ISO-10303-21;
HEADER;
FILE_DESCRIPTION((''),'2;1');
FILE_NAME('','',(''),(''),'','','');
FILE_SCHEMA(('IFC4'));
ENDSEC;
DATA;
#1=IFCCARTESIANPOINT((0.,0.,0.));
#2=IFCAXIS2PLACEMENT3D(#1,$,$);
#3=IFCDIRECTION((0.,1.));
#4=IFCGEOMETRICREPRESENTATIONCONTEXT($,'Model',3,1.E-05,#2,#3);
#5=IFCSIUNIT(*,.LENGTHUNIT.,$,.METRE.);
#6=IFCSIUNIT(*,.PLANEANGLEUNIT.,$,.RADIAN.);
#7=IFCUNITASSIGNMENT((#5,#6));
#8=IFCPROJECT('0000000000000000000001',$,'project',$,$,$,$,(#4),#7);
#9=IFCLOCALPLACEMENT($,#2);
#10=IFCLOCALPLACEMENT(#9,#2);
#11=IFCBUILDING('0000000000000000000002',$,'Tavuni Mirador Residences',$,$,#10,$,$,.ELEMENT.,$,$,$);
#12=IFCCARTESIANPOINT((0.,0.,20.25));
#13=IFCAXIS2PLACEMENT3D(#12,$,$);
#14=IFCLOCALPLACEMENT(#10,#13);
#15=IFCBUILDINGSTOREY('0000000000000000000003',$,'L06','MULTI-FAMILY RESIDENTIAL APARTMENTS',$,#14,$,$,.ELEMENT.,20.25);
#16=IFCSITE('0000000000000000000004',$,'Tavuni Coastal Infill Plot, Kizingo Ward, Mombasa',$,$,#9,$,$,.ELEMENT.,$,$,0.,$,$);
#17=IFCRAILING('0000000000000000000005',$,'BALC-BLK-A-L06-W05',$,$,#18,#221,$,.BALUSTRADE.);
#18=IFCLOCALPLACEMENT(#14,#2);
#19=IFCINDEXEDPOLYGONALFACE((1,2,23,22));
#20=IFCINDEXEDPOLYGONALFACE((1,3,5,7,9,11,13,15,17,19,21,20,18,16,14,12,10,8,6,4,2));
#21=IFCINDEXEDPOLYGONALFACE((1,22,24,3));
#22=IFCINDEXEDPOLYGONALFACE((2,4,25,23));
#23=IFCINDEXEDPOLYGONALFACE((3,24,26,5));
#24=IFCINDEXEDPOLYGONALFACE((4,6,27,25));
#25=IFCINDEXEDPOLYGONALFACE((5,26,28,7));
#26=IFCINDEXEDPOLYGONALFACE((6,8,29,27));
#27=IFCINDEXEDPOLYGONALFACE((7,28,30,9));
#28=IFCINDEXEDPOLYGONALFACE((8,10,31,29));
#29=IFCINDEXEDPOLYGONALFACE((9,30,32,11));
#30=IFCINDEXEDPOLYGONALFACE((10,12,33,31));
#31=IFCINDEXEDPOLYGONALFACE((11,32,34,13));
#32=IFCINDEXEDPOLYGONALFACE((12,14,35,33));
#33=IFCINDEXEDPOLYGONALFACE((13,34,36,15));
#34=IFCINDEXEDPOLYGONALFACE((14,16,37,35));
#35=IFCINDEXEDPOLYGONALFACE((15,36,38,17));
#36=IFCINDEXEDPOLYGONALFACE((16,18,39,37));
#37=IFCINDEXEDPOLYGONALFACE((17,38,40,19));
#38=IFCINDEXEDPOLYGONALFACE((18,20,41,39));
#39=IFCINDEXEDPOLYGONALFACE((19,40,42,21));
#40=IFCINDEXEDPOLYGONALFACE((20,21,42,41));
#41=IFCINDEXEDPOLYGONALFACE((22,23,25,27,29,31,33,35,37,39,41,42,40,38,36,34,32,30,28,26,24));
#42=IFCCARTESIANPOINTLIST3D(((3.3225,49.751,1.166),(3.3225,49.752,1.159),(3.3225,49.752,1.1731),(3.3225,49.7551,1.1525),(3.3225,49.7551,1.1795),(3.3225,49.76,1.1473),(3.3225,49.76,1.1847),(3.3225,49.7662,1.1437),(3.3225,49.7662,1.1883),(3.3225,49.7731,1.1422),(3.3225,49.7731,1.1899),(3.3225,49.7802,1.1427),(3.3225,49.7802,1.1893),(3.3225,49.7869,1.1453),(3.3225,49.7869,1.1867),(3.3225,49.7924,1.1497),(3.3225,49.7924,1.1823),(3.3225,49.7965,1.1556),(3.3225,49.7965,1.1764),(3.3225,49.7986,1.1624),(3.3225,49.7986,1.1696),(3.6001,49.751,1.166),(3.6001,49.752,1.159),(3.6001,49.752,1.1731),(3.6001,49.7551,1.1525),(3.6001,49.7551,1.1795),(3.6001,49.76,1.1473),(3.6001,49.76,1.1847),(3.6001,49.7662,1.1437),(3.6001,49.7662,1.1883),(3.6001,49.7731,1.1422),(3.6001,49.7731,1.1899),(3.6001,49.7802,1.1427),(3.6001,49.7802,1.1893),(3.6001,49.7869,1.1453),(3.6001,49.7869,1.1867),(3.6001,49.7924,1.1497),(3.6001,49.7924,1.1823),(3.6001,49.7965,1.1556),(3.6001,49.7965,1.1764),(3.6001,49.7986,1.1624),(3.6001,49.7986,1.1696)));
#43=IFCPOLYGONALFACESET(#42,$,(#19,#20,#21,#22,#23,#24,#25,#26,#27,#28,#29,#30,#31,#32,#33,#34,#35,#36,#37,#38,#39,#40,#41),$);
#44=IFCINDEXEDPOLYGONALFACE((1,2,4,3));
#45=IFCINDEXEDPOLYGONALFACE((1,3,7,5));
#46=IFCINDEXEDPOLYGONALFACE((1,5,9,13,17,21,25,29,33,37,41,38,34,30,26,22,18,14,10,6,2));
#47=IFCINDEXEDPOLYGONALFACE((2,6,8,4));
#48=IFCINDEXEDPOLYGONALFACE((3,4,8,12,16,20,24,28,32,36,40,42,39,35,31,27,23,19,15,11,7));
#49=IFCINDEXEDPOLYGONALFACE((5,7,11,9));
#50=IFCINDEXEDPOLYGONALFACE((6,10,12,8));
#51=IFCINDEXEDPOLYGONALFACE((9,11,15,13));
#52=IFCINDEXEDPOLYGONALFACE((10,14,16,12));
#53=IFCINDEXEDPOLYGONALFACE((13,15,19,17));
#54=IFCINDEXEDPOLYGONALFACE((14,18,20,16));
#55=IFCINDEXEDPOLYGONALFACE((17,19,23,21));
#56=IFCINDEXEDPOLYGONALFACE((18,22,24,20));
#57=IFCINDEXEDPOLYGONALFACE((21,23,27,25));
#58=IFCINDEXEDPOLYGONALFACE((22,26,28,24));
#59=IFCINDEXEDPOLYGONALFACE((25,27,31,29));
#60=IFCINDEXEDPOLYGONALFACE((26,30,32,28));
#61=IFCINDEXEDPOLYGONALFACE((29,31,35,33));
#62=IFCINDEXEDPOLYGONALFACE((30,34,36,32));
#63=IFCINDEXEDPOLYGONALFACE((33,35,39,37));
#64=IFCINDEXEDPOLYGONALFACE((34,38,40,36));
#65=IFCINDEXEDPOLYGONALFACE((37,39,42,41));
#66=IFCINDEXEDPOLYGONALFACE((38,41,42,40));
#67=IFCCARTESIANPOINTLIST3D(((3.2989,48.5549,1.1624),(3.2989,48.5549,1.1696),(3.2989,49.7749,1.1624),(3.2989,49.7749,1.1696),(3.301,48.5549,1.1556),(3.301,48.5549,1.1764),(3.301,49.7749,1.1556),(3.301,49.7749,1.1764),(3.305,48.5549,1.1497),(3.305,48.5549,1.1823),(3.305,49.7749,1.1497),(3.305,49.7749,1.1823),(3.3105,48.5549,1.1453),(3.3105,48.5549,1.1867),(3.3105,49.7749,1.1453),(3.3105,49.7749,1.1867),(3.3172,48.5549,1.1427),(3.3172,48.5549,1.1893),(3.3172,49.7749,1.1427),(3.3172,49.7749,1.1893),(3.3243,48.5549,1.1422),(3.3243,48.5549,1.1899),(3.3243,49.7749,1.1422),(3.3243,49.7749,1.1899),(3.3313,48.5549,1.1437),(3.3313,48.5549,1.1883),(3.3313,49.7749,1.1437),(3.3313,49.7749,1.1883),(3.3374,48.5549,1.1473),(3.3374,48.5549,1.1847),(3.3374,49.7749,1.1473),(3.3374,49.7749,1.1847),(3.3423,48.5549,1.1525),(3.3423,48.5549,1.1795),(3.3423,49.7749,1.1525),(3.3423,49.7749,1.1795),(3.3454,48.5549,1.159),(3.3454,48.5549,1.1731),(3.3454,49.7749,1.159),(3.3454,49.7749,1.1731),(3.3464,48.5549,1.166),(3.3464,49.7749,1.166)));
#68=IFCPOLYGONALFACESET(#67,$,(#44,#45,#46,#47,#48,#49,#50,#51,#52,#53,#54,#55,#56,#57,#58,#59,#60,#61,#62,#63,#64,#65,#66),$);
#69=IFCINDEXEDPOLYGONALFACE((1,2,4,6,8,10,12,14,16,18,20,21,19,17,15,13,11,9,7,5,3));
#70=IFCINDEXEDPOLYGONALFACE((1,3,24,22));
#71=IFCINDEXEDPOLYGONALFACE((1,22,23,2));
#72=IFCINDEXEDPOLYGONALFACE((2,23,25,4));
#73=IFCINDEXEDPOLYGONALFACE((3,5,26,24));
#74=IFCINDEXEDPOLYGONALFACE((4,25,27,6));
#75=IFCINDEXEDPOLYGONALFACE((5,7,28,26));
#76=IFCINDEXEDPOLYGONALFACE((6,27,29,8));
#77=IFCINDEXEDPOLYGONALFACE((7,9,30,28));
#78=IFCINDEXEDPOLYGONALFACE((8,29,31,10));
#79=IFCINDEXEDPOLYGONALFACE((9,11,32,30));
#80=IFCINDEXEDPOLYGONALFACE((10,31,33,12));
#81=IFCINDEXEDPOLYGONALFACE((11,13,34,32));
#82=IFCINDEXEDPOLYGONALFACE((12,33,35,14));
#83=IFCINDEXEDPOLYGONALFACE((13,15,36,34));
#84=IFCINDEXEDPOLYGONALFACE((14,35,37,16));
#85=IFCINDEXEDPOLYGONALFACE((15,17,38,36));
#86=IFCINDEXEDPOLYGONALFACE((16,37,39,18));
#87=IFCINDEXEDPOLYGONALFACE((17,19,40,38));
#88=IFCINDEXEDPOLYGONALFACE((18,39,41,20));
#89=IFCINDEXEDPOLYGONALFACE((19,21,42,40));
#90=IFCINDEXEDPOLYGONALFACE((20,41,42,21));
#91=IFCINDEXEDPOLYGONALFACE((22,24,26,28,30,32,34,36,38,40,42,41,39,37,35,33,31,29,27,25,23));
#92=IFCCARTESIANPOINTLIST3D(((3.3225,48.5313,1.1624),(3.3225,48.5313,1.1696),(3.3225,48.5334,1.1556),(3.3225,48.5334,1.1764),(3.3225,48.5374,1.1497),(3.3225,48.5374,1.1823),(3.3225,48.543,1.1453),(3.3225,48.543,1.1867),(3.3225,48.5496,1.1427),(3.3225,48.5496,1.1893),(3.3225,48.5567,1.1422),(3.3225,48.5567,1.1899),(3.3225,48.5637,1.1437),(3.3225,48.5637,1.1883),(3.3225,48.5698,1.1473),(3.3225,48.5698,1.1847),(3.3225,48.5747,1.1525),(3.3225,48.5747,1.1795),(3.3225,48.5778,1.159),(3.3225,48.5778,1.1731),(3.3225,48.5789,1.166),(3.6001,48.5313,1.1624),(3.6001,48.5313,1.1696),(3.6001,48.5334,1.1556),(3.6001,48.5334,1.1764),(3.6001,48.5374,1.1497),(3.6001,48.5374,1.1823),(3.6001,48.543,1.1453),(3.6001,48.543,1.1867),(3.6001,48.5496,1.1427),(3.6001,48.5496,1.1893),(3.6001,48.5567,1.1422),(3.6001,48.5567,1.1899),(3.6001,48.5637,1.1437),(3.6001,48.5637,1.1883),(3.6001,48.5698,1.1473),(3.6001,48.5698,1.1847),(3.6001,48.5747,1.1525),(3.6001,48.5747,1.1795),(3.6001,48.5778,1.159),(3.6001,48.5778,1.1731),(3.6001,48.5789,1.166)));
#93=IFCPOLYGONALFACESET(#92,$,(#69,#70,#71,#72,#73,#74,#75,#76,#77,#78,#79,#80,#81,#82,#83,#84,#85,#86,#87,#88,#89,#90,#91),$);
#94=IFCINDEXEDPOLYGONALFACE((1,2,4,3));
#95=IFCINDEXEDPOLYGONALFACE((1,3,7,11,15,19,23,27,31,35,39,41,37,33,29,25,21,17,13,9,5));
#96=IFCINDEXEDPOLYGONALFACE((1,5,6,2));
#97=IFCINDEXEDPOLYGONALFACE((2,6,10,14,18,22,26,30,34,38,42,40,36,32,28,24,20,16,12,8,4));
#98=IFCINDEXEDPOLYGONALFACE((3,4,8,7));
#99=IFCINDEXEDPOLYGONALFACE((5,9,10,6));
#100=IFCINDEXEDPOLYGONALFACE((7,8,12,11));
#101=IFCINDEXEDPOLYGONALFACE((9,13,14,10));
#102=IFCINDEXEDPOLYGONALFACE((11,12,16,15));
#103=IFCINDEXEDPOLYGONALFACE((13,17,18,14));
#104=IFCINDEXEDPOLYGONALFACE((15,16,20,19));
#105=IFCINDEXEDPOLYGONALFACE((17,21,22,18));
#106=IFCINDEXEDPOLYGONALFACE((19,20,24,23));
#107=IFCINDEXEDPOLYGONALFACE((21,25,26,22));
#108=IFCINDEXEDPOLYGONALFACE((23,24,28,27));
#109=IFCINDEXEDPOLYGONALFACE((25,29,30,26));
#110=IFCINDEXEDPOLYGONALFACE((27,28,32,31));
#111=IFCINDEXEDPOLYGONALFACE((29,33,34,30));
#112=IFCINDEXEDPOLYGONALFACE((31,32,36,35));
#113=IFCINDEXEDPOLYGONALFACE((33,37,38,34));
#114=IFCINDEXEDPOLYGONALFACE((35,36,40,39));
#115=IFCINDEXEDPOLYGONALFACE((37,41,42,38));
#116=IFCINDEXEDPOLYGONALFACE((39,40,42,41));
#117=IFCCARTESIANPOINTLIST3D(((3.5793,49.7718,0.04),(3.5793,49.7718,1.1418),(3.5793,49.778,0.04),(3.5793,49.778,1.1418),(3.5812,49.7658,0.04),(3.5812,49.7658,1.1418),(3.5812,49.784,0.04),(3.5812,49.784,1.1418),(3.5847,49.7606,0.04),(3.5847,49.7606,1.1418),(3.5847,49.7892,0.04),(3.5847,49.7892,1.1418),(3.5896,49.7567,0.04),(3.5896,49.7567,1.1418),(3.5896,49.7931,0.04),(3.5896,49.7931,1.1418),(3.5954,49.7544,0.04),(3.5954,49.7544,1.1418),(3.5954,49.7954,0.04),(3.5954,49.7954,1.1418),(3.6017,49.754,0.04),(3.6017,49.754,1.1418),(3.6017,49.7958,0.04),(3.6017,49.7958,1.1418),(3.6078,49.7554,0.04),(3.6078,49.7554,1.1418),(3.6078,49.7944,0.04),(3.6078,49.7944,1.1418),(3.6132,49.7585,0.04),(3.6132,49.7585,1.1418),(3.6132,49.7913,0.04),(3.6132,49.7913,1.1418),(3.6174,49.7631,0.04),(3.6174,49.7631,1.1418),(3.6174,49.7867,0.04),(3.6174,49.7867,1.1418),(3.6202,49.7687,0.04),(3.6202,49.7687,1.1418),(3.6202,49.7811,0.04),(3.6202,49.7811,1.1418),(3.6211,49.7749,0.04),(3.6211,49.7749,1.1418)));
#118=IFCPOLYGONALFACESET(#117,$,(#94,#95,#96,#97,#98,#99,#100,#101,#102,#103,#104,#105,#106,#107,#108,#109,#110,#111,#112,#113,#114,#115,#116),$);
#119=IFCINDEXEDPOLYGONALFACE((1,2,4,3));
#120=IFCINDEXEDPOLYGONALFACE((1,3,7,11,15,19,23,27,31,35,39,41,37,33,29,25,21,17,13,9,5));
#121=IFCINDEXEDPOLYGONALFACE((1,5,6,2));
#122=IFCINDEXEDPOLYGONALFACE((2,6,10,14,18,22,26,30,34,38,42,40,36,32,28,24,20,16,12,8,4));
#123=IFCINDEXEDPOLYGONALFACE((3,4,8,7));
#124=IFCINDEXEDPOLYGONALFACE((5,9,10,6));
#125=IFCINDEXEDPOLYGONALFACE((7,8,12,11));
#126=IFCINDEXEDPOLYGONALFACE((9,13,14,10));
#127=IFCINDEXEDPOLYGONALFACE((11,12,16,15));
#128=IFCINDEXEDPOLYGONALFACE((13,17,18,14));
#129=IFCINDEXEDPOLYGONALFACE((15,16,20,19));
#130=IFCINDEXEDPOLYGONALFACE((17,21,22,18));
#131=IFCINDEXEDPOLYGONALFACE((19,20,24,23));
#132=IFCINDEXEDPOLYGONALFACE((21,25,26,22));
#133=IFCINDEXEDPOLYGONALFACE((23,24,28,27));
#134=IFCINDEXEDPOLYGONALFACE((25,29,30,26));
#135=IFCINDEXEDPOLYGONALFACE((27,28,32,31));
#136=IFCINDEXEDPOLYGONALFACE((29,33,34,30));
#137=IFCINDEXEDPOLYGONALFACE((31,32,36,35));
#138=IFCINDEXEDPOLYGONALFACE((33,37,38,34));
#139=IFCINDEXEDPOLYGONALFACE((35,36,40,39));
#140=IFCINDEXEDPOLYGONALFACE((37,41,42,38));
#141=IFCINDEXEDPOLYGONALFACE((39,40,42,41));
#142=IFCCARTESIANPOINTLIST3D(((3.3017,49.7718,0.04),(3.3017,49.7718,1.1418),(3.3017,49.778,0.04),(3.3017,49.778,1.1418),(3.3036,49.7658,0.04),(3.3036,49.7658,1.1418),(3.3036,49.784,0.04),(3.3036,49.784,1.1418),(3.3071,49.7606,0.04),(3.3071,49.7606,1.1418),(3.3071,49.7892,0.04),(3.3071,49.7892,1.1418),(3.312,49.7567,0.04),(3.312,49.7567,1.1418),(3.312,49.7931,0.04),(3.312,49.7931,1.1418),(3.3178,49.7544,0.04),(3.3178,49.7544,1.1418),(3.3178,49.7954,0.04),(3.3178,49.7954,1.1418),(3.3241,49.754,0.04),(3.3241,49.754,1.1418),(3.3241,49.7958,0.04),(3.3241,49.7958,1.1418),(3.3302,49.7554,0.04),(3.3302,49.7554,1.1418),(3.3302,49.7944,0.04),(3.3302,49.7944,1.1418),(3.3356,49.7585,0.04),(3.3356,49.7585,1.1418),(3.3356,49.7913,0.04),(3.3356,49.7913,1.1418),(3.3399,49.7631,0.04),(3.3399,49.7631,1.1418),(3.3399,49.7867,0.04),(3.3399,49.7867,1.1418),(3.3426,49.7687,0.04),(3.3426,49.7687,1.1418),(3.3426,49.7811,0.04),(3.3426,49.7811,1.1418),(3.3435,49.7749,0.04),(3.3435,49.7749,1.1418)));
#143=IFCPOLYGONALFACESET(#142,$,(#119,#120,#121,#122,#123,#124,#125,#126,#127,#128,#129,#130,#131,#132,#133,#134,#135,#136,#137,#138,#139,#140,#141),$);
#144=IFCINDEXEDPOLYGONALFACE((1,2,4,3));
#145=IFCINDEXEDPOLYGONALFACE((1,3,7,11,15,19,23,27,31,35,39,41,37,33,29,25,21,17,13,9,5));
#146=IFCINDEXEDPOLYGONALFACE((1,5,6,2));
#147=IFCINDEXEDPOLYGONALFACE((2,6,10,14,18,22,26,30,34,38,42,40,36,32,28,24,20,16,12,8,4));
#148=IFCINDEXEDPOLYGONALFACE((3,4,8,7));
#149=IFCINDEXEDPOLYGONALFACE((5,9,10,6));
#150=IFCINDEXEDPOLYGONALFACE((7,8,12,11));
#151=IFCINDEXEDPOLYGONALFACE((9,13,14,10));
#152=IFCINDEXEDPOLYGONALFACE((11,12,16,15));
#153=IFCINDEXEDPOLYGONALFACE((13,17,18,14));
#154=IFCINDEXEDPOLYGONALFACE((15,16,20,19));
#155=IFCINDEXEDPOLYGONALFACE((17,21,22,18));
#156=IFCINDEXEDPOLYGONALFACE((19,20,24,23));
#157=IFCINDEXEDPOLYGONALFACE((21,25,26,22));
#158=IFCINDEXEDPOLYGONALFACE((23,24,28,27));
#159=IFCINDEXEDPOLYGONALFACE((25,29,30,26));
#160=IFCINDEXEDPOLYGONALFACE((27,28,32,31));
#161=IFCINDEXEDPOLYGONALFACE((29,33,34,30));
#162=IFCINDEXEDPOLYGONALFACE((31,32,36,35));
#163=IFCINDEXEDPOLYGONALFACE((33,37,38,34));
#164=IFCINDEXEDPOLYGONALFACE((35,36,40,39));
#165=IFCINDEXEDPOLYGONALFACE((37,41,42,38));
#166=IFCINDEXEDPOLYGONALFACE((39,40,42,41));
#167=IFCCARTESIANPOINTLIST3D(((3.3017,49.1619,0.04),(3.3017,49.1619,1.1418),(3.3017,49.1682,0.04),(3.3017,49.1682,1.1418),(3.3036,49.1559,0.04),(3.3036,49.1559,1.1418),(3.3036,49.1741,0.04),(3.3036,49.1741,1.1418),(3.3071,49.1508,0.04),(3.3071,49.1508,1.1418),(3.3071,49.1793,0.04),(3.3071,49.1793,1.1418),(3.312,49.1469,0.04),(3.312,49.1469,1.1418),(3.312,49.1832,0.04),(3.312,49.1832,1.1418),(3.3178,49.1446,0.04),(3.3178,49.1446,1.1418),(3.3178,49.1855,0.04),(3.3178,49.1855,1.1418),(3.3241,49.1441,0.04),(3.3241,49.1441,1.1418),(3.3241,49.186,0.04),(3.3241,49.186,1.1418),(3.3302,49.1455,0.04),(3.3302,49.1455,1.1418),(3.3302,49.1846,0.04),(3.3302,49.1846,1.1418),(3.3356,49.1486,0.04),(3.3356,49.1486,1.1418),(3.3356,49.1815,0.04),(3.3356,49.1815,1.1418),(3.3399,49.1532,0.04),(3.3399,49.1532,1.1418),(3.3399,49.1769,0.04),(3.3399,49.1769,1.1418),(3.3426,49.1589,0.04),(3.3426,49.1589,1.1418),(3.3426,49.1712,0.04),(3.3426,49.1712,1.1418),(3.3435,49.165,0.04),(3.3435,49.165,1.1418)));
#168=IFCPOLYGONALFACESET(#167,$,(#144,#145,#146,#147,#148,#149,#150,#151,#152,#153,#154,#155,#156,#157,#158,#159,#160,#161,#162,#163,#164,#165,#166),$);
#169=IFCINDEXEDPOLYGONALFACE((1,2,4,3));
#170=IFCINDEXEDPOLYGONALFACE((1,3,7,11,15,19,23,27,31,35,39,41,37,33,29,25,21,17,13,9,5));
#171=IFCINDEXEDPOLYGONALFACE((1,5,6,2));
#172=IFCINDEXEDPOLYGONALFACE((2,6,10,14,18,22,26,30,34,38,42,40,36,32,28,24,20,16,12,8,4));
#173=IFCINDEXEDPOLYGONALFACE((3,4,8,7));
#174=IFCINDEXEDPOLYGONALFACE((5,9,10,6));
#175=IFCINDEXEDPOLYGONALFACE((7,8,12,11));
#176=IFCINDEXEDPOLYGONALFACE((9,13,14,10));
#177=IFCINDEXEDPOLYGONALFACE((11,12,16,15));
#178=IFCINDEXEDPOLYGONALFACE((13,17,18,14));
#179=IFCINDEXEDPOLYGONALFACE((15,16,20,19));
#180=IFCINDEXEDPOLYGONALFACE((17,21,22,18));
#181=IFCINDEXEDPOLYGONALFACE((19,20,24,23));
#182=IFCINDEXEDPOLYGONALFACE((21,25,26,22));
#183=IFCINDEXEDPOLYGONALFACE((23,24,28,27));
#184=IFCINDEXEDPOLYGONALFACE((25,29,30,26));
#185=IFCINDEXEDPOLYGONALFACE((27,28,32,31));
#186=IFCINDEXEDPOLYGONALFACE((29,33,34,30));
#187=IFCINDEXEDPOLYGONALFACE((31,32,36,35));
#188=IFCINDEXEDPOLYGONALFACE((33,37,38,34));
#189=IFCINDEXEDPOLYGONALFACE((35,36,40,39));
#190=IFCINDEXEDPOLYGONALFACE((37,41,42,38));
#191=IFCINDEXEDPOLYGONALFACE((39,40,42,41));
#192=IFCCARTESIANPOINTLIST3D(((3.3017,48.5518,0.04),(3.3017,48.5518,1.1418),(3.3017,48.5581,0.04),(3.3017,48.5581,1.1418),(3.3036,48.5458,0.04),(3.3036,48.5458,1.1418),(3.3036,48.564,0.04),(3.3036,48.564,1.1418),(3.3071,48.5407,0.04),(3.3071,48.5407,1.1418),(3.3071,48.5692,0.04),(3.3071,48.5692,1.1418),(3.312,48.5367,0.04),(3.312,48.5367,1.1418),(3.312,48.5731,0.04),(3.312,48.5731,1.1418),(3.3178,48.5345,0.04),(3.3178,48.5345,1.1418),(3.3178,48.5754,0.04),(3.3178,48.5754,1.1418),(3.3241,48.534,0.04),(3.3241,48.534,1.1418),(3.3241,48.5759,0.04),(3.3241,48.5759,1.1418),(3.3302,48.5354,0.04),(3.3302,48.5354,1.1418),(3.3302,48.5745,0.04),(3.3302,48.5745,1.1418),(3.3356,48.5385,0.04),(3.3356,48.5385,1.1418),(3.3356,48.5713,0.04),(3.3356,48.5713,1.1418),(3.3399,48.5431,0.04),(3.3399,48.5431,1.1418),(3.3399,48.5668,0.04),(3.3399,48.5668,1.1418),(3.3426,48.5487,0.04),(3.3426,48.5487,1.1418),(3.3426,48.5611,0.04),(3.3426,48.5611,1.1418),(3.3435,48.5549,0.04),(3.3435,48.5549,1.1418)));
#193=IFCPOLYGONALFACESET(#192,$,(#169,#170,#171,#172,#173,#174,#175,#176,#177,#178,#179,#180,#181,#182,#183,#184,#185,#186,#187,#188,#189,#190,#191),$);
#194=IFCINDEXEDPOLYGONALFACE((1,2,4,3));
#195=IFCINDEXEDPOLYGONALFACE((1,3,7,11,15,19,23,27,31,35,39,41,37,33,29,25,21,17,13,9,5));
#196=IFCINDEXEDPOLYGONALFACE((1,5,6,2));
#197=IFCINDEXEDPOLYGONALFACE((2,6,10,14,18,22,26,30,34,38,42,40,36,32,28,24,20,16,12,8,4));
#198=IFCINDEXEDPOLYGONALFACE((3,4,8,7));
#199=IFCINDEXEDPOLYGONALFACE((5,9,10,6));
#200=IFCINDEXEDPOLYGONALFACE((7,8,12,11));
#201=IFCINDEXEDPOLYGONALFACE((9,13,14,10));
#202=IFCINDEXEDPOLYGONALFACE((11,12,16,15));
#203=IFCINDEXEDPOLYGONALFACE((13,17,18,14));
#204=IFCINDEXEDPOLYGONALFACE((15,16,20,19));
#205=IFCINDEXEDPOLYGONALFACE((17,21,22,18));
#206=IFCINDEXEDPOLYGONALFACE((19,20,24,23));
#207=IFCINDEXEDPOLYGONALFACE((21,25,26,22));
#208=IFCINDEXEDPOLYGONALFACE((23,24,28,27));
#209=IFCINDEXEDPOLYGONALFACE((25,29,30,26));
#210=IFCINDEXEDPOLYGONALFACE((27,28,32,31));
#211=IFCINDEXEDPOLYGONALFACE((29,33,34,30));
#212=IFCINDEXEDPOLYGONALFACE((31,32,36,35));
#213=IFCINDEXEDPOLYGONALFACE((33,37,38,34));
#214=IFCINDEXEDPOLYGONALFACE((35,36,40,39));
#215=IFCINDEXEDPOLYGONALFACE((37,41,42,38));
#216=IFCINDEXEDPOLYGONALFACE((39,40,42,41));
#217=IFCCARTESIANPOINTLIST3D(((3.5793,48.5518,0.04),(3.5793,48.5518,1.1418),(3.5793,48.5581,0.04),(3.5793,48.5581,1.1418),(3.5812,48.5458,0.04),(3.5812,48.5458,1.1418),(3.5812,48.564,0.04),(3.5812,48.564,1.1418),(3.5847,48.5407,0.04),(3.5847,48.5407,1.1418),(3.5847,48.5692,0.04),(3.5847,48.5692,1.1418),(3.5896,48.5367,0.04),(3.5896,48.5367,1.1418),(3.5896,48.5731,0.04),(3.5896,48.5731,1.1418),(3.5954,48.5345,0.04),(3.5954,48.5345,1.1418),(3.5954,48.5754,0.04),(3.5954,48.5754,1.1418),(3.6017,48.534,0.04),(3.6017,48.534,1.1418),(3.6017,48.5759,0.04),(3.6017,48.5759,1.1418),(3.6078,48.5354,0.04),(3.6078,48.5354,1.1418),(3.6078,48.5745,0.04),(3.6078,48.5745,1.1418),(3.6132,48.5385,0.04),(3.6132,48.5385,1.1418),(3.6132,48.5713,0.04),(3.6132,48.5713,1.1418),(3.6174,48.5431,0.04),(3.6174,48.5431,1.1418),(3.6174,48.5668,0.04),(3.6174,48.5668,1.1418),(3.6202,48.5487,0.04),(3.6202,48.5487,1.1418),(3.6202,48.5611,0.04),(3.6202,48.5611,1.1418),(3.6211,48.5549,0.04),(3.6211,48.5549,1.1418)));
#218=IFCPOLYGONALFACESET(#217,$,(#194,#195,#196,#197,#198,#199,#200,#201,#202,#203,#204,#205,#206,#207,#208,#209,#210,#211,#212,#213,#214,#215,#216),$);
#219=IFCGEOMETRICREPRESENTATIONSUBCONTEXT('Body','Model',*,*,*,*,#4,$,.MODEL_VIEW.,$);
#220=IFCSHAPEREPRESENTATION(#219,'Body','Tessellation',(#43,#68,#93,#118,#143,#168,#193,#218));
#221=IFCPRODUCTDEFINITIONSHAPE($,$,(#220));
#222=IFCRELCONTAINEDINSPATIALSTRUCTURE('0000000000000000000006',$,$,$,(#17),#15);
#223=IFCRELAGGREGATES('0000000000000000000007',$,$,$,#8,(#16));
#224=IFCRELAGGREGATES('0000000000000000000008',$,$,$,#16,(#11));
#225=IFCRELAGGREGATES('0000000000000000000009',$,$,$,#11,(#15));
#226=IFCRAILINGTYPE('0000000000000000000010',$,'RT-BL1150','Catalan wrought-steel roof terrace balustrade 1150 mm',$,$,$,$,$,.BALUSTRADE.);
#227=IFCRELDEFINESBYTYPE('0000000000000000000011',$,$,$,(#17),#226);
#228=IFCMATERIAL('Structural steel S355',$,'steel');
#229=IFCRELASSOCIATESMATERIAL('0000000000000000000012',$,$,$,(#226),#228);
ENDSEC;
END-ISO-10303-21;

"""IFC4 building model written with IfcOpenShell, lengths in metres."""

from ifc_helpers import new_model, si_unit, direction, frame, origin, origin_2d, place, context, subcontext, project, spatial, circle, extrude, material, type_object, element, save


model = new_model("IFC4")

# Units and contexts
model_context = context("Model", 3, precision=1e-05, world=origin(), true_north=direction((0.0, 1.0)))
body_context = subcontext(model_context, "Body", "Model", "MODEL_VIEW")
ifc_project = project(units=[si_unit("LENGTHUNIT", "METRE"), si_unit("PLANEANGLEUNIT", "RADIAN")], contexts=[model_context])

# Site, building, storey
site_placement = place(None, origin())
site = spatial("IfcSite", under=ifc_project, at=site_placement, Name="Tavuni Coastal Infill Plot, Kizingo Ward, Mombasa", CompositionType="ELEMENT", RefElevation=0.0)
building_placement = place(site_placement, origin())
building = spatial("IfcBuilding", under=site, at=building_placement, Name="Tavuni Mirador Residences", CompositionType="ELEMENT")
storey_placement = place(building_placement, frame((0.0, 0.0, 20.25)))
storey = spatial("IfcBuildingStorey", under=building, at=storey_placement, Name="L06", Description="MULTI-FAMILY RESIDENTIAL APARTMENTS", CompositionType="ELEMENT", Elevation=20.25)

# Railing
ifc_material_1 = material(Name="Structural steel S355", Category="steel")
railing_type = type_object("IfcRailingType", Name="RT-BL1150", Description="Catalan wrought-steel roof terrace balustrade 1150 mm", PredefinedType="BALUSTRADE", material=ifc_material_1)
railing_1_placement = place(storey_placement, frame((3.6001, 49.7749, 0.04)))
element("IfcRailing", 1, at=railing_1_placement, inside=storey, type_object=railing_type, Name="BALC-BLK-A-L06-W05", PredefinedType="BALUSTRADE", context=body_context, shape_type="SweptSolid", body=[
    extrude(circle(Radius=0.0239, at=origin_2d()), frame((0.0, 0.0, 1.126), z_axis=(-1.0, 0.0, 0.0), x_axis=(0.0, -1.0, 0.0)), (0.0, 0.0, 1.0), 0.2776),
    extrude(circle(Radius=0.0239, at=origin_2d()), frame((-0.2776, 0.0, 1.126), z_axis=(0.0, -1.0, 0.0), x_axis=(1.0, 0.0, 0.0)), (0.0, 0.0, 1.0), 1.22),
    extrude(circle(Radius=0.0239, at=origin_2d()), frame((-0.2776, -1.22, 1.126), z_axis=(1.0, 0.0, 0.0), x_axis=(0.0, 1.0, 0.0)), (0.0, 0.0, 1.0), 0.2776),
    extrude(circle(Radius=0.021, at=origin_2d()), origin(), (0.0, 0.0, 1.0), 1.1018),
    extrude(circle(Radius=0.021, at=origin_2d()), frame((-0.2776, 0.0, 0.0)), (0.0, 0.0, 1.0), 1.1018),
    extrude(circle(Radius=0.021, at=origin_2d()), frame((-0.2776, -0.6099, 0.0)), (0.0, 0.0, 1.0), 1.1018),
    extrude(circle(Radius=0.021, at=origin_2d()), frame((-0.2776, -1.22, 0.0)), (0.0, 0.0, 1.0), 1.1018),
    extrude(circle(Radius=0.021, at=origin_2d()), frame((0.0, -1.22, 0.0)), (0.0, 0.0, 1.0), 1.1018),
])

save(model, "model.ifc")
